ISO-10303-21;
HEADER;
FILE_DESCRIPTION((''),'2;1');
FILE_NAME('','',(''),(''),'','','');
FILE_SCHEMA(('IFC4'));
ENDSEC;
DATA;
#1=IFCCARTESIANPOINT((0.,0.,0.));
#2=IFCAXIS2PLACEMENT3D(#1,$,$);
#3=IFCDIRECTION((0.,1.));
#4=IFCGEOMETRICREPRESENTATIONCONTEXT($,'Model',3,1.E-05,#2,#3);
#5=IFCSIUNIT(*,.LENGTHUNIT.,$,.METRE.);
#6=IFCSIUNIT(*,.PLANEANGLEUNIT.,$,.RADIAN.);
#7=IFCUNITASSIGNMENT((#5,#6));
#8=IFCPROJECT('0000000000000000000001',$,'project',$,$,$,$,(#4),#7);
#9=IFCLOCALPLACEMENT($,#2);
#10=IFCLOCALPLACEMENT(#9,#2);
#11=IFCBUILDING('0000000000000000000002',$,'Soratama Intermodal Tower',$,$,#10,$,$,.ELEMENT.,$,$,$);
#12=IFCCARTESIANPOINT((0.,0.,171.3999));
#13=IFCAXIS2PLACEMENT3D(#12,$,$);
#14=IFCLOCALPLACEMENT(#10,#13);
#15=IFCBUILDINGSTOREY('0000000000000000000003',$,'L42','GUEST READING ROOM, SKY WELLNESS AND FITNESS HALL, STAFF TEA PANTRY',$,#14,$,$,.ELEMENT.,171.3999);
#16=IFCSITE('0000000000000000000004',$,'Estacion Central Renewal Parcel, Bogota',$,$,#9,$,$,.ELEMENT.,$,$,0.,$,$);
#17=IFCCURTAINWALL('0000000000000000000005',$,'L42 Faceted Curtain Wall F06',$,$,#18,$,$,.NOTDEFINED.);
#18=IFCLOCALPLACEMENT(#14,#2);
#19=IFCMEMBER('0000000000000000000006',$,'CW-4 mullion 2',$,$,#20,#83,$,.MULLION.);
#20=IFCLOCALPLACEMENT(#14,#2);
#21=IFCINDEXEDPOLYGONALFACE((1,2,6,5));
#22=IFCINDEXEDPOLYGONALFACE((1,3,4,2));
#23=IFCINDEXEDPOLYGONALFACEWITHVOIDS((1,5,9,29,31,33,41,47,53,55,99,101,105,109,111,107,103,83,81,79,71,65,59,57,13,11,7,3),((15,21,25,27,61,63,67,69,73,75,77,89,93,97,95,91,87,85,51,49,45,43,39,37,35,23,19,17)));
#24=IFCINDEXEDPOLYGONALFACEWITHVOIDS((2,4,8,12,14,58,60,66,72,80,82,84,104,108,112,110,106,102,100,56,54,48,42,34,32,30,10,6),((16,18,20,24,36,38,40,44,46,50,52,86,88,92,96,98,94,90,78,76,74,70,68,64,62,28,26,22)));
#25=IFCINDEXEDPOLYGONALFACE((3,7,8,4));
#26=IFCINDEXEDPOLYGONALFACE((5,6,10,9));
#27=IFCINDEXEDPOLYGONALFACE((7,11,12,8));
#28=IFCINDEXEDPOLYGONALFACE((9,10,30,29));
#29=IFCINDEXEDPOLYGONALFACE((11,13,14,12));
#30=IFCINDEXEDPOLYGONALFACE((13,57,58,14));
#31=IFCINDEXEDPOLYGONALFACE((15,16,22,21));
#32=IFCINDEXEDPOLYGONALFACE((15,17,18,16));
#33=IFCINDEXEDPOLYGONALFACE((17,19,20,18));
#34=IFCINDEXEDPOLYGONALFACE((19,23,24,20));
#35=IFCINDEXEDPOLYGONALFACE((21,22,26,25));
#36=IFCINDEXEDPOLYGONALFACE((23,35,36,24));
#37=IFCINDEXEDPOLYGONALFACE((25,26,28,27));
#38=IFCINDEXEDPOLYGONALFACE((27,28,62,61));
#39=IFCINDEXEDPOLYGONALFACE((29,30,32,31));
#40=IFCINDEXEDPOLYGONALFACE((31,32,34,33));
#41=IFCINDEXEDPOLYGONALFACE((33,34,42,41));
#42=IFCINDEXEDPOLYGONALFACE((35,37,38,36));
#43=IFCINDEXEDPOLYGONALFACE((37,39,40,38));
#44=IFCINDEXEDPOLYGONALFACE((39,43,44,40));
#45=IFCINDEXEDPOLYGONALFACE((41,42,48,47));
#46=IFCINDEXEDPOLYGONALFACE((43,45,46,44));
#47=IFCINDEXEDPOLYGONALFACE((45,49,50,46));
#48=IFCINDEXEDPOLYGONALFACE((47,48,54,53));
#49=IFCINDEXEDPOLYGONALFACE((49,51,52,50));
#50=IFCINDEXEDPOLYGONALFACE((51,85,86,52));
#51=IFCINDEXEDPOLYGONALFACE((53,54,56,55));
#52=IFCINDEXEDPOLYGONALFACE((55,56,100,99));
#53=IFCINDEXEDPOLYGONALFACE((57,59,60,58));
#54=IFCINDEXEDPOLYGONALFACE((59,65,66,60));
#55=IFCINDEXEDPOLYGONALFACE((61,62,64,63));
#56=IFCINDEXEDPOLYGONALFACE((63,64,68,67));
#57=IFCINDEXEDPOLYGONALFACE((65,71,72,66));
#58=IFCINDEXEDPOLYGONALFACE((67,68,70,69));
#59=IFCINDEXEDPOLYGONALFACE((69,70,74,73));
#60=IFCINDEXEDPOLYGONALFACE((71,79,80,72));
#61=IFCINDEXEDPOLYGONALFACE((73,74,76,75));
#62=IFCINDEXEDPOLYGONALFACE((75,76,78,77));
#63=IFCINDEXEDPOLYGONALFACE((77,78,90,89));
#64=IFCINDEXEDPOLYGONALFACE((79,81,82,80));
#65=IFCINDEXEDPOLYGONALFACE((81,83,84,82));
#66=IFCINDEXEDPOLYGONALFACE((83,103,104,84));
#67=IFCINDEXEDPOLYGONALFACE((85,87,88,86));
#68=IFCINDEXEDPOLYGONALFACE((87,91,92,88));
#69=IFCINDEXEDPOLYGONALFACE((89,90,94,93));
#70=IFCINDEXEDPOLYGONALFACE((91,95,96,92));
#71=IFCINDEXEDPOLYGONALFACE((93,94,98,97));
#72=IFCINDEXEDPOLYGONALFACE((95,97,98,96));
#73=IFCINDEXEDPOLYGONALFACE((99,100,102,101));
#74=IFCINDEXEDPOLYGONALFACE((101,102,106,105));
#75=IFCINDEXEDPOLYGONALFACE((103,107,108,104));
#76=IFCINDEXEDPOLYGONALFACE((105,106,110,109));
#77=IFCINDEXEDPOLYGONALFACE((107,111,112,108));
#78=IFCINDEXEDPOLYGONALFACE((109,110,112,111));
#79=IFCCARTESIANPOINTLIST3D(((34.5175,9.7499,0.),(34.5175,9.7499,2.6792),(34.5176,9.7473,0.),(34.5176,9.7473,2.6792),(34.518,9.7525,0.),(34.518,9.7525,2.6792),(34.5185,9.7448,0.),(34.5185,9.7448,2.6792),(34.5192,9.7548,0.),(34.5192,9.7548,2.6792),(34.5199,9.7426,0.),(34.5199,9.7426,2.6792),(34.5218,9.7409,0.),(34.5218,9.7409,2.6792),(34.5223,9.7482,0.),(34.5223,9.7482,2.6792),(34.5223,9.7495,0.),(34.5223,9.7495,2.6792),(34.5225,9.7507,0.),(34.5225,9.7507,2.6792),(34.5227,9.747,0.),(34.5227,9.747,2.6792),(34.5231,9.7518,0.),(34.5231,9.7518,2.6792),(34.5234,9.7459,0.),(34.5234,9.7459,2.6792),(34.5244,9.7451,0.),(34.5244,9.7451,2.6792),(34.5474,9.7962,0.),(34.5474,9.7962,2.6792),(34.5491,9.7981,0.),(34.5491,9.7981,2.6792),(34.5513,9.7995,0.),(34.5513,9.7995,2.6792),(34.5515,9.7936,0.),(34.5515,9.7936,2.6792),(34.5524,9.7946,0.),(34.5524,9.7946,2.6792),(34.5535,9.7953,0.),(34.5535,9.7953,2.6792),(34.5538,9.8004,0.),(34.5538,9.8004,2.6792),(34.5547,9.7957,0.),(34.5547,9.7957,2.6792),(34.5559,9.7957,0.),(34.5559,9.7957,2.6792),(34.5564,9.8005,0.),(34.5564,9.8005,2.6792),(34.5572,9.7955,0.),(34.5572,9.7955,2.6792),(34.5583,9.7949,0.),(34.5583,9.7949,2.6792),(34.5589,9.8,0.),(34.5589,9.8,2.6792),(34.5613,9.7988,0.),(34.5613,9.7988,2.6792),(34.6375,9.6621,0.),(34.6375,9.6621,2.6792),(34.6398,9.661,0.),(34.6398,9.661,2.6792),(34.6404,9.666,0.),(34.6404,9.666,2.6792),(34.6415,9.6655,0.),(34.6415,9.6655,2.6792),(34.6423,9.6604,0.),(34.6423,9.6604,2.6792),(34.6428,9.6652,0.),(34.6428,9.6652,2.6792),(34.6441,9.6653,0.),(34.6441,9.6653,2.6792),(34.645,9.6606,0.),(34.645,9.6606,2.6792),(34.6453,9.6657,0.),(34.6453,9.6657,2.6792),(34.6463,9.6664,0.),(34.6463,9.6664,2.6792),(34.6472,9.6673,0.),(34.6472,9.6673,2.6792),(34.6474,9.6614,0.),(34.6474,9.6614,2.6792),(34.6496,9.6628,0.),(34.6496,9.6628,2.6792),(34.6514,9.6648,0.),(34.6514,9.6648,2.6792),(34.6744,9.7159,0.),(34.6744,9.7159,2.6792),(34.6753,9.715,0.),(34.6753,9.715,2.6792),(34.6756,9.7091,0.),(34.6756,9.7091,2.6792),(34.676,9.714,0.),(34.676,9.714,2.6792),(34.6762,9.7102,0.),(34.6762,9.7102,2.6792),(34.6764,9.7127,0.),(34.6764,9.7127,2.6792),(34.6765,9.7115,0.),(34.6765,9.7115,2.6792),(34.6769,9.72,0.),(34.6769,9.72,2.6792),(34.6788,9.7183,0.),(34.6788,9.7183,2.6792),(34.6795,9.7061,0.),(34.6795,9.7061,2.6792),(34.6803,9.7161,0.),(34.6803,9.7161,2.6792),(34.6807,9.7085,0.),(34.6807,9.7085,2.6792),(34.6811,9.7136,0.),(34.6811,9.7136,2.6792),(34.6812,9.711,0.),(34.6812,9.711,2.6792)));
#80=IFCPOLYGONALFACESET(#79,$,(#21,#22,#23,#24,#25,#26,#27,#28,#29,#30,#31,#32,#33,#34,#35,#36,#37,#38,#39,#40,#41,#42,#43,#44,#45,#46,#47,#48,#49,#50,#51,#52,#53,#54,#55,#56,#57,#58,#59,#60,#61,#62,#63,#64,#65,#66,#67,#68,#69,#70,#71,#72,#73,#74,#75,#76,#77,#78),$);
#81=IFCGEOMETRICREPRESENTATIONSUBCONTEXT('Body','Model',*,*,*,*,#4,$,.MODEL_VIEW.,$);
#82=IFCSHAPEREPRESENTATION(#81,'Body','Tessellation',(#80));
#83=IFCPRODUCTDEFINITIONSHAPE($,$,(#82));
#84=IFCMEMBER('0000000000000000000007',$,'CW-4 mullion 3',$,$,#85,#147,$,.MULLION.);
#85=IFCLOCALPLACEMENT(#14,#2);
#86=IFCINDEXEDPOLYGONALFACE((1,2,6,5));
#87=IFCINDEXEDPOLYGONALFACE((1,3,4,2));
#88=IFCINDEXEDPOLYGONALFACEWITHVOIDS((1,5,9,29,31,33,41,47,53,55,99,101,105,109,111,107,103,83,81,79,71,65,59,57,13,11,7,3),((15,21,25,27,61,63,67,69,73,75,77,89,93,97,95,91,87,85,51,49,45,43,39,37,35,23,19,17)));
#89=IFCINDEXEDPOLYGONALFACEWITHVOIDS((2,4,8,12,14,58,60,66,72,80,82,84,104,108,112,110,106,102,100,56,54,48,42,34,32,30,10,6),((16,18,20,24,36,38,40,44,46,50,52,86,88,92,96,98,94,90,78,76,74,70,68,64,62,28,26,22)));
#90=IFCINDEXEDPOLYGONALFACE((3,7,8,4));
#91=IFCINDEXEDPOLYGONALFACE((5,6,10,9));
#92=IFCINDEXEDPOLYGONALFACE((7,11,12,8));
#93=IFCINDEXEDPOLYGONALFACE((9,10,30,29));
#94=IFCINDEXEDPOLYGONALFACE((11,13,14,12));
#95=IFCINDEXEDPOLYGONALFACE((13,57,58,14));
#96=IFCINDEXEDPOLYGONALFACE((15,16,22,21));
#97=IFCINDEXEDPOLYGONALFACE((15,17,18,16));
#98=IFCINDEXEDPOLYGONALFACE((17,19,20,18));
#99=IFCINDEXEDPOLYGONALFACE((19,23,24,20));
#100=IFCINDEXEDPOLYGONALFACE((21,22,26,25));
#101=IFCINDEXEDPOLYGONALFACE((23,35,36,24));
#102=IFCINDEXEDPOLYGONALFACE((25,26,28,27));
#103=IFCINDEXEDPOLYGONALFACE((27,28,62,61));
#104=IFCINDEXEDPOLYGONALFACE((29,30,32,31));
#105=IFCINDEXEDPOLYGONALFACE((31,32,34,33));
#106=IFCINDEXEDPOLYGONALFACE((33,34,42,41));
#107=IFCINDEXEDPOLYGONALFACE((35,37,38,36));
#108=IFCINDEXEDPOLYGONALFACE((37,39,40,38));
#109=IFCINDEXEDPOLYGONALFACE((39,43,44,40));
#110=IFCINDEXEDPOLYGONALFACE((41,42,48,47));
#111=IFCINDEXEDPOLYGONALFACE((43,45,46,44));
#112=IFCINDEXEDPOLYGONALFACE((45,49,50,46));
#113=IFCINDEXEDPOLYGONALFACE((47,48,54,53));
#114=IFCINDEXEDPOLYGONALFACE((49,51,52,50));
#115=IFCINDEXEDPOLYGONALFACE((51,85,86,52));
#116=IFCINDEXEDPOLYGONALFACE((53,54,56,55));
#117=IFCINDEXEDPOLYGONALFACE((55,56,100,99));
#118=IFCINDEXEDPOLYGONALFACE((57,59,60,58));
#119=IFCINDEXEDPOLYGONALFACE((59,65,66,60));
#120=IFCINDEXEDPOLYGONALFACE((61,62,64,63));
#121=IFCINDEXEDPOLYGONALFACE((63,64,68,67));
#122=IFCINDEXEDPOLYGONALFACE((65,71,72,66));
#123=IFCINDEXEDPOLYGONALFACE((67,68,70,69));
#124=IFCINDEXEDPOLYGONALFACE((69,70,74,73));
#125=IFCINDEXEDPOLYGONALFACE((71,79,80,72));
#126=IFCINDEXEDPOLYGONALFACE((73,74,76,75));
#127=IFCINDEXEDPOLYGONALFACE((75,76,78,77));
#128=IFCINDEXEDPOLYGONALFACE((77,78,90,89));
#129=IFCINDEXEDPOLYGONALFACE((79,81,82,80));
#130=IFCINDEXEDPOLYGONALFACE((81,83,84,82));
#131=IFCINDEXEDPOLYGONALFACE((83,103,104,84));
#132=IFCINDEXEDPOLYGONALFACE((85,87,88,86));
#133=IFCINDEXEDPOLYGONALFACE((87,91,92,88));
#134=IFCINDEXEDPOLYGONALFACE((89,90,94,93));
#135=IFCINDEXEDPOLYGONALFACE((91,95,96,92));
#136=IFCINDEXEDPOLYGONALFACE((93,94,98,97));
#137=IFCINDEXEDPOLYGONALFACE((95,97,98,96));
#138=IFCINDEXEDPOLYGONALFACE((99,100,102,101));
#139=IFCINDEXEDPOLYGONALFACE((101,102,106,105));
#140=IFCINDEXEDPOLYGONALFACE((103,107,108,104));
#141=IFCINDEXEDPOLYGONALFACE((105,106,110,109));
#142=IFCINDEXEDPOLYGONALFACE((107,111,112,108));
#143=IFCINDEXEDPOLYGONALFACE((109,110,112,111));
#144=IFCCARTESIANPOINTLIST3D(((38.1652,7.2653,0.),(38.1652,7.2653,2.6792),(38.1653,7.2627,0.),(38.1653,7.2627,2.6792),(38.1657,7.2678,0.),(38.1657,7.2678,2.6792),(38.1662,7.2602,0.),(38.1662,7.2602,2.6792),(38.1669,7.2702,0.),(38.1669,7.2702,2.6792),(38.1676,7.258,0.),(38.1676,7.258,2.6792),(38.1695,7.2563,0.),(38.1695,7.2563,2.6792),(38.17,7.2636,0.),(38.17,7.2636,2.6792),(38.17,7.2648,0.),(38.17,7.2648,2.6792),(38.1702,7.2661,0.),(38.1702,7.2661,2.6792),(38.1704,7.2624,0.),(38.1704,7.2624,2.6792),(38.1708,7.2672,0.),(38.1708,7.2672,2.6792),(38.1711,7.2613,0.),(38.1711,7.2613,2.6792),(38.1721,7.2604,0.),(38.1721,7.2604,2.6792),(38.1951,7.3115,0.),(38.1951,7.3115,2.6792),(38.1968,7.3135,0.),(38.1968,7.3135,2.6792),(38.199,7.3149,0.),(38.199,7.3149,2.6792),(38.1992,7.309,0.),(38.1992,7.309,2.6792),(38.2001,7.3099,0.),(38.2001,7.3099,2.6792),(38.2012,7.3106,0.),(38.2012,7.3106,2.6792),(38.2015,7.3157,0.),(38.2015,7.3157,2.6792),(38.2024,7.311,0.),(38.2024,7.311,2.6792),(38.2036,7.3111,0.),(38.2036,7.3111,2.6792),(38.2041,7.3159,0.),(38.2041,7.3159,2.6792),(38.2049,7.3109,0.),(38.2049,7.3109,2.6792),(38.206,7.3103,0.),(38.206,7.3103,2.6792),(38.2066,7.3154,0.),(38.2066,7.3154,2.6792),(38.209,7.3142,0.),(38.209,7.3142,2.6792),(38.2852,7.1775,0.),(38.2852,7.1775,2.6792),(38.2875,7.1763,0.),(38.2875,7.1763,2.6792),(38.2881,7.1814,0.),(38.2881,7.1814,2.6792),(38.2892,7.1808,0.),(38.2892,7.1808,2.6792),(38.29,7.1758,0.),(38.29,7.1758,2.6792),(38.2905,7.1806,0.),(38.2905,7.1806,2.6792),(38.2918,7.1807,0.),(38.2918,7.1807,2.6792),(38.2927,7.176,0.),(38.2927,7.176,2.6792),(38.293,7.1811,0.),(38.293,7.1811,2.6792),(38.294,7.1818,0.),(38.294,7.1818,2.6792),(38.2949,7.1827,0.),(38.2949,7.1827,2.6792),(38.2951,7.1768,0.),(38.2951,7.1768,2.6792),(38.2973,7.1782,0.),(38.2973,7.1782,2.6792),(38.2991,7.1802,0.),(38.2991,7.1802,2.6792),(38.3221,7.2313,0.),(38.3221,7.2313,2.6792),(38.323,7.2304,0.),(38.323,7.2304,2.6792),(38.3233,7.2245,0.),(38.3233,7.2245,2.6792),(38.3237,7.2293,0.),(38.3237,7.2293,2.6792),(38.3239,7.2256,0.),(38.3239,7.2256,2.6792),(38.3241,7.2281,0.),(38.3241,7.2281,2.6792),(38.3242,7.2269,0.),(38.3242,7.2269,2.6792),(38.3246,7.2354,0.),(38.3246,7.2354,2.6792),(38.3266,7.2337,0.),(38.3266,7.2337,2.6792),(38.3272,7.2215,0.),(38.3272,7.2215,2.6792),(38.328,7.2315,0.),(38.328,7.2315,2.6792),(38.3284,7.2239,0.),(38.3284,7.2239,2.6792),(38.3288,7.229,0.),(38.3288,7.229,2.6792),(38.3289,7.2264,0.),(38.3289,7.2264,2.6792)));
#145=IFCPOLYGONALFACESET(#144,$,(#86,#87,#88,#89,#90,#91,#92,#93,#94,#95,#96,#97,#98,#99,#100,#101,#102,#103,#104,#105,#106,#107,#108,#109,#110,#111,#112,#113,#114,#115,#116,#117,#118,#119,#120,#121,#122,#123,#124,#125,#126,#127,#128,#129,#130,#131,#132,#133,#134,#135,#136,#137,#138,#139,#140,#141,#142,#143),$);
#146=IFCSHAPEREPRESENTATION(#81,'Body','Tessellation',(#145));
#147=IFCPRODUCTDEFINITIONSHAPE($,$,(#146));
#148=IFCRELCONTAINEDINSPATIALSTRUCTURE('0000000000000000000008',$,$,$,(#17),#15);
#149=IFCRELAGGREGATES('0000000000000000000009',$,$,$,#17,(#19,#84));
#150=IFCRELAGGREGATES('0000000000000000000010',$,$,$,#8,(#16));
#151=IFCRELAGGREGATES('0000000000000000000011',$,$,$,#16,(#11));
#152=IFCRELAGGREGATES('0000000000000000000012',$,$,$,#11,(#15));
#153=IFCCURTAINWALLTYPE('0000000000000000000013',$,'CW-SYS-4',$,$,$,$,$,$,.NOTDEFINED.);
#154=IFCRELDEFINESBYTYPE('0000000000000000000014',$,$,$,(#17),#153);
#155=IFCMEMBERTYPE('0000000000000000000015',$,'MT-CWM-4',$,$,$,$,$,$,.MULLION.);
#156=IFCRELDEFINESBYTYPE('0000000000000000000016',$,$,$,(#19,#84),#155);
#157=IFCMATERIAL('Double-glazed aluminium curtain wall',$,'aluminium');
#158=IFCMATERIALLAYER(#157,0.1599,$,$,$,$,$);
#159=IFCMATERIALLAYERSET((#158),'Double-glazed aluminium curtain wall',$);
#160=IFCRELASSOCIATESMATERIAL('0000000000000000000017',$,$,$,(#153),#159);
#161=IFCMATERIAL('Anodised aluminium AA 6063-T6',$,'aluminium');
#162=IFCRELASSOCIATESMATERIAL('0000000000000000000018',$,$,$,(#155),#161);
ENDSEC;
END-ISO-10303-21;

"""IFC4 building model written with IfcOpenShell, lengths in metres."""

from ifc_helpers import new_model, si_unit, direction, frame, origin, origin_2d, place, context, subcontext, project, spatial, hollow_rectangle, extrude, material, layer, layer_set, material_profile, profile_set, type_object, element, aggregate, save


model = new_model("IFC4")

# Units and contexts
model_context = context("Model", 3, precision=1e-05, world=origin(), true_north=direction((0.0, 1.0)))
body_context = subcontext(model_context, "Body", "Model", "MODEL_VIEW")
ifc_project = project(units=[si_unit("LENGTHUNIT", "METRE"), si_unit("PLANEANGLEUNIT", "RADIAN")], contexts=[model_context])

# Site, building, storey
site_placement = place(None, origin())
site = spatial("IfcSite", under=ifc_project, at=site_placement, Name="Estacion Central Renewal Parcel, Bogota", CompositionType="ELEMENT", RefElevation=0.0)
building_placement = place(site_placement, origin())
building = spatial("IfcBuilding", under=site, at=building_placement, Name="Soratama Intermodal Tower", CompositionType="ELEMENT")
storey_placement = place(building_placement, frame((0.0, 0.0, 171.3999)))
storey = spatial("IfcBuildingStorey", under=building, at=storey_placement, Name="L42", Description="GUEST READING ROOM, SKY WELLNESS AND FITNESS HALL, STAFF TEA PANTRY", CompositionType="ELEMENT", Elevation=171.3999)

# Curtain wall, members
ifc_material_1 = material(Name="Double-glazed aluminium curtain wall", Category="aluminium")
ifc_layer_1 = layer(ifc_material_1, 0.1599)
ifc_layer_set_1 = layer_set([ifc_layer_1], Name="Double-glazed aluminium curtain wall")
curtain_wall_type = type_object("IfcCurtainWallType", Name="CW-SYS-4", PredefinedType="NOTDEFINED", material=ifc_layer_set_1)
curtain_wall_placement = place(storey_placement, origin())
curtain_wall = element("IfcCurtainWall", 1, at=curtain_wall_placement, inside=storey, type_object=curtain_wall_type, Name="L42 Faceted Curtain Wall F06", PredefinedType="NOTDEFINED")
ifc_material_2 = material(Name="Anodised aluminium AA 6063-T6", Category="aluminium")
ifc_material_profile_1 = material_profile(ifc_material_2, hollow_rectangle(XDim=0.0701, YDim=0.1599, WallThickness=0.0049, InnerFilletRadius=0.0049, OuterFilletRadius=0.01, at=origin_2d()), Name="CWM160X70X5")
ifc_profile_set_1 = profile_set([ifc_material_profile_1], Name="Anodised aluminium AA 6063-T6")
member_type_1 = type_object("IfcMemberType", Name="MT-CWM-4", PredefinedType="MULLION", material=ifc_profile_set_1)
member_1_placement = place(storey_placement, frame((34.5994, 9.7305, 0.0), z_axis=(0.0, 0.0, 1.0), x_axis=(0.562951, 0.82649, 0.0)))
member_1 = element("IfcMember", 2, at=member_1_placement, type_object=member_type_1, Name="CW-4 mullion 2", PredefinedType="MULLION", context=body_context, shape_type="SweptSolid", body=[
    extrude(hollow_rectangle(XDim=0.0701, YDim=0.1599, WallThickness=0.0049, InnerFilletRadius=0.0049, OuterFilletRadius=0.01, at=origin_2d()), origin(), (0.0, 0.0, 1.0), 2.6792),
])
member_2_placement = place(storey_placement, frame((38.2471, 7.2458, 0.0), z_axis=(0.0, 0.0, 1.0), x_axis=(0.562951, 0.82649, 0.0)))
member_2 = element("IfcMember", 3, at=member_2_placement, type_object=member_type_1, Name="CW-4 mullion 3", PredefinedType="MULLION", context=body_context, shape_type="SweptSolid", body=[
    extrude(hollow_rectangle(XDim=0.0701, YDim=0.1599, WallThickness=0.0049, InnerFilletRadius=0.0049, OuterFilletRadius=0.01, at=origin_2d()), origin(), (0.0, 0.0, 1.0), 2.6792),
])
aggregate(curtain_wall, [member_1, member_2])

save(model, "model.ifc")
